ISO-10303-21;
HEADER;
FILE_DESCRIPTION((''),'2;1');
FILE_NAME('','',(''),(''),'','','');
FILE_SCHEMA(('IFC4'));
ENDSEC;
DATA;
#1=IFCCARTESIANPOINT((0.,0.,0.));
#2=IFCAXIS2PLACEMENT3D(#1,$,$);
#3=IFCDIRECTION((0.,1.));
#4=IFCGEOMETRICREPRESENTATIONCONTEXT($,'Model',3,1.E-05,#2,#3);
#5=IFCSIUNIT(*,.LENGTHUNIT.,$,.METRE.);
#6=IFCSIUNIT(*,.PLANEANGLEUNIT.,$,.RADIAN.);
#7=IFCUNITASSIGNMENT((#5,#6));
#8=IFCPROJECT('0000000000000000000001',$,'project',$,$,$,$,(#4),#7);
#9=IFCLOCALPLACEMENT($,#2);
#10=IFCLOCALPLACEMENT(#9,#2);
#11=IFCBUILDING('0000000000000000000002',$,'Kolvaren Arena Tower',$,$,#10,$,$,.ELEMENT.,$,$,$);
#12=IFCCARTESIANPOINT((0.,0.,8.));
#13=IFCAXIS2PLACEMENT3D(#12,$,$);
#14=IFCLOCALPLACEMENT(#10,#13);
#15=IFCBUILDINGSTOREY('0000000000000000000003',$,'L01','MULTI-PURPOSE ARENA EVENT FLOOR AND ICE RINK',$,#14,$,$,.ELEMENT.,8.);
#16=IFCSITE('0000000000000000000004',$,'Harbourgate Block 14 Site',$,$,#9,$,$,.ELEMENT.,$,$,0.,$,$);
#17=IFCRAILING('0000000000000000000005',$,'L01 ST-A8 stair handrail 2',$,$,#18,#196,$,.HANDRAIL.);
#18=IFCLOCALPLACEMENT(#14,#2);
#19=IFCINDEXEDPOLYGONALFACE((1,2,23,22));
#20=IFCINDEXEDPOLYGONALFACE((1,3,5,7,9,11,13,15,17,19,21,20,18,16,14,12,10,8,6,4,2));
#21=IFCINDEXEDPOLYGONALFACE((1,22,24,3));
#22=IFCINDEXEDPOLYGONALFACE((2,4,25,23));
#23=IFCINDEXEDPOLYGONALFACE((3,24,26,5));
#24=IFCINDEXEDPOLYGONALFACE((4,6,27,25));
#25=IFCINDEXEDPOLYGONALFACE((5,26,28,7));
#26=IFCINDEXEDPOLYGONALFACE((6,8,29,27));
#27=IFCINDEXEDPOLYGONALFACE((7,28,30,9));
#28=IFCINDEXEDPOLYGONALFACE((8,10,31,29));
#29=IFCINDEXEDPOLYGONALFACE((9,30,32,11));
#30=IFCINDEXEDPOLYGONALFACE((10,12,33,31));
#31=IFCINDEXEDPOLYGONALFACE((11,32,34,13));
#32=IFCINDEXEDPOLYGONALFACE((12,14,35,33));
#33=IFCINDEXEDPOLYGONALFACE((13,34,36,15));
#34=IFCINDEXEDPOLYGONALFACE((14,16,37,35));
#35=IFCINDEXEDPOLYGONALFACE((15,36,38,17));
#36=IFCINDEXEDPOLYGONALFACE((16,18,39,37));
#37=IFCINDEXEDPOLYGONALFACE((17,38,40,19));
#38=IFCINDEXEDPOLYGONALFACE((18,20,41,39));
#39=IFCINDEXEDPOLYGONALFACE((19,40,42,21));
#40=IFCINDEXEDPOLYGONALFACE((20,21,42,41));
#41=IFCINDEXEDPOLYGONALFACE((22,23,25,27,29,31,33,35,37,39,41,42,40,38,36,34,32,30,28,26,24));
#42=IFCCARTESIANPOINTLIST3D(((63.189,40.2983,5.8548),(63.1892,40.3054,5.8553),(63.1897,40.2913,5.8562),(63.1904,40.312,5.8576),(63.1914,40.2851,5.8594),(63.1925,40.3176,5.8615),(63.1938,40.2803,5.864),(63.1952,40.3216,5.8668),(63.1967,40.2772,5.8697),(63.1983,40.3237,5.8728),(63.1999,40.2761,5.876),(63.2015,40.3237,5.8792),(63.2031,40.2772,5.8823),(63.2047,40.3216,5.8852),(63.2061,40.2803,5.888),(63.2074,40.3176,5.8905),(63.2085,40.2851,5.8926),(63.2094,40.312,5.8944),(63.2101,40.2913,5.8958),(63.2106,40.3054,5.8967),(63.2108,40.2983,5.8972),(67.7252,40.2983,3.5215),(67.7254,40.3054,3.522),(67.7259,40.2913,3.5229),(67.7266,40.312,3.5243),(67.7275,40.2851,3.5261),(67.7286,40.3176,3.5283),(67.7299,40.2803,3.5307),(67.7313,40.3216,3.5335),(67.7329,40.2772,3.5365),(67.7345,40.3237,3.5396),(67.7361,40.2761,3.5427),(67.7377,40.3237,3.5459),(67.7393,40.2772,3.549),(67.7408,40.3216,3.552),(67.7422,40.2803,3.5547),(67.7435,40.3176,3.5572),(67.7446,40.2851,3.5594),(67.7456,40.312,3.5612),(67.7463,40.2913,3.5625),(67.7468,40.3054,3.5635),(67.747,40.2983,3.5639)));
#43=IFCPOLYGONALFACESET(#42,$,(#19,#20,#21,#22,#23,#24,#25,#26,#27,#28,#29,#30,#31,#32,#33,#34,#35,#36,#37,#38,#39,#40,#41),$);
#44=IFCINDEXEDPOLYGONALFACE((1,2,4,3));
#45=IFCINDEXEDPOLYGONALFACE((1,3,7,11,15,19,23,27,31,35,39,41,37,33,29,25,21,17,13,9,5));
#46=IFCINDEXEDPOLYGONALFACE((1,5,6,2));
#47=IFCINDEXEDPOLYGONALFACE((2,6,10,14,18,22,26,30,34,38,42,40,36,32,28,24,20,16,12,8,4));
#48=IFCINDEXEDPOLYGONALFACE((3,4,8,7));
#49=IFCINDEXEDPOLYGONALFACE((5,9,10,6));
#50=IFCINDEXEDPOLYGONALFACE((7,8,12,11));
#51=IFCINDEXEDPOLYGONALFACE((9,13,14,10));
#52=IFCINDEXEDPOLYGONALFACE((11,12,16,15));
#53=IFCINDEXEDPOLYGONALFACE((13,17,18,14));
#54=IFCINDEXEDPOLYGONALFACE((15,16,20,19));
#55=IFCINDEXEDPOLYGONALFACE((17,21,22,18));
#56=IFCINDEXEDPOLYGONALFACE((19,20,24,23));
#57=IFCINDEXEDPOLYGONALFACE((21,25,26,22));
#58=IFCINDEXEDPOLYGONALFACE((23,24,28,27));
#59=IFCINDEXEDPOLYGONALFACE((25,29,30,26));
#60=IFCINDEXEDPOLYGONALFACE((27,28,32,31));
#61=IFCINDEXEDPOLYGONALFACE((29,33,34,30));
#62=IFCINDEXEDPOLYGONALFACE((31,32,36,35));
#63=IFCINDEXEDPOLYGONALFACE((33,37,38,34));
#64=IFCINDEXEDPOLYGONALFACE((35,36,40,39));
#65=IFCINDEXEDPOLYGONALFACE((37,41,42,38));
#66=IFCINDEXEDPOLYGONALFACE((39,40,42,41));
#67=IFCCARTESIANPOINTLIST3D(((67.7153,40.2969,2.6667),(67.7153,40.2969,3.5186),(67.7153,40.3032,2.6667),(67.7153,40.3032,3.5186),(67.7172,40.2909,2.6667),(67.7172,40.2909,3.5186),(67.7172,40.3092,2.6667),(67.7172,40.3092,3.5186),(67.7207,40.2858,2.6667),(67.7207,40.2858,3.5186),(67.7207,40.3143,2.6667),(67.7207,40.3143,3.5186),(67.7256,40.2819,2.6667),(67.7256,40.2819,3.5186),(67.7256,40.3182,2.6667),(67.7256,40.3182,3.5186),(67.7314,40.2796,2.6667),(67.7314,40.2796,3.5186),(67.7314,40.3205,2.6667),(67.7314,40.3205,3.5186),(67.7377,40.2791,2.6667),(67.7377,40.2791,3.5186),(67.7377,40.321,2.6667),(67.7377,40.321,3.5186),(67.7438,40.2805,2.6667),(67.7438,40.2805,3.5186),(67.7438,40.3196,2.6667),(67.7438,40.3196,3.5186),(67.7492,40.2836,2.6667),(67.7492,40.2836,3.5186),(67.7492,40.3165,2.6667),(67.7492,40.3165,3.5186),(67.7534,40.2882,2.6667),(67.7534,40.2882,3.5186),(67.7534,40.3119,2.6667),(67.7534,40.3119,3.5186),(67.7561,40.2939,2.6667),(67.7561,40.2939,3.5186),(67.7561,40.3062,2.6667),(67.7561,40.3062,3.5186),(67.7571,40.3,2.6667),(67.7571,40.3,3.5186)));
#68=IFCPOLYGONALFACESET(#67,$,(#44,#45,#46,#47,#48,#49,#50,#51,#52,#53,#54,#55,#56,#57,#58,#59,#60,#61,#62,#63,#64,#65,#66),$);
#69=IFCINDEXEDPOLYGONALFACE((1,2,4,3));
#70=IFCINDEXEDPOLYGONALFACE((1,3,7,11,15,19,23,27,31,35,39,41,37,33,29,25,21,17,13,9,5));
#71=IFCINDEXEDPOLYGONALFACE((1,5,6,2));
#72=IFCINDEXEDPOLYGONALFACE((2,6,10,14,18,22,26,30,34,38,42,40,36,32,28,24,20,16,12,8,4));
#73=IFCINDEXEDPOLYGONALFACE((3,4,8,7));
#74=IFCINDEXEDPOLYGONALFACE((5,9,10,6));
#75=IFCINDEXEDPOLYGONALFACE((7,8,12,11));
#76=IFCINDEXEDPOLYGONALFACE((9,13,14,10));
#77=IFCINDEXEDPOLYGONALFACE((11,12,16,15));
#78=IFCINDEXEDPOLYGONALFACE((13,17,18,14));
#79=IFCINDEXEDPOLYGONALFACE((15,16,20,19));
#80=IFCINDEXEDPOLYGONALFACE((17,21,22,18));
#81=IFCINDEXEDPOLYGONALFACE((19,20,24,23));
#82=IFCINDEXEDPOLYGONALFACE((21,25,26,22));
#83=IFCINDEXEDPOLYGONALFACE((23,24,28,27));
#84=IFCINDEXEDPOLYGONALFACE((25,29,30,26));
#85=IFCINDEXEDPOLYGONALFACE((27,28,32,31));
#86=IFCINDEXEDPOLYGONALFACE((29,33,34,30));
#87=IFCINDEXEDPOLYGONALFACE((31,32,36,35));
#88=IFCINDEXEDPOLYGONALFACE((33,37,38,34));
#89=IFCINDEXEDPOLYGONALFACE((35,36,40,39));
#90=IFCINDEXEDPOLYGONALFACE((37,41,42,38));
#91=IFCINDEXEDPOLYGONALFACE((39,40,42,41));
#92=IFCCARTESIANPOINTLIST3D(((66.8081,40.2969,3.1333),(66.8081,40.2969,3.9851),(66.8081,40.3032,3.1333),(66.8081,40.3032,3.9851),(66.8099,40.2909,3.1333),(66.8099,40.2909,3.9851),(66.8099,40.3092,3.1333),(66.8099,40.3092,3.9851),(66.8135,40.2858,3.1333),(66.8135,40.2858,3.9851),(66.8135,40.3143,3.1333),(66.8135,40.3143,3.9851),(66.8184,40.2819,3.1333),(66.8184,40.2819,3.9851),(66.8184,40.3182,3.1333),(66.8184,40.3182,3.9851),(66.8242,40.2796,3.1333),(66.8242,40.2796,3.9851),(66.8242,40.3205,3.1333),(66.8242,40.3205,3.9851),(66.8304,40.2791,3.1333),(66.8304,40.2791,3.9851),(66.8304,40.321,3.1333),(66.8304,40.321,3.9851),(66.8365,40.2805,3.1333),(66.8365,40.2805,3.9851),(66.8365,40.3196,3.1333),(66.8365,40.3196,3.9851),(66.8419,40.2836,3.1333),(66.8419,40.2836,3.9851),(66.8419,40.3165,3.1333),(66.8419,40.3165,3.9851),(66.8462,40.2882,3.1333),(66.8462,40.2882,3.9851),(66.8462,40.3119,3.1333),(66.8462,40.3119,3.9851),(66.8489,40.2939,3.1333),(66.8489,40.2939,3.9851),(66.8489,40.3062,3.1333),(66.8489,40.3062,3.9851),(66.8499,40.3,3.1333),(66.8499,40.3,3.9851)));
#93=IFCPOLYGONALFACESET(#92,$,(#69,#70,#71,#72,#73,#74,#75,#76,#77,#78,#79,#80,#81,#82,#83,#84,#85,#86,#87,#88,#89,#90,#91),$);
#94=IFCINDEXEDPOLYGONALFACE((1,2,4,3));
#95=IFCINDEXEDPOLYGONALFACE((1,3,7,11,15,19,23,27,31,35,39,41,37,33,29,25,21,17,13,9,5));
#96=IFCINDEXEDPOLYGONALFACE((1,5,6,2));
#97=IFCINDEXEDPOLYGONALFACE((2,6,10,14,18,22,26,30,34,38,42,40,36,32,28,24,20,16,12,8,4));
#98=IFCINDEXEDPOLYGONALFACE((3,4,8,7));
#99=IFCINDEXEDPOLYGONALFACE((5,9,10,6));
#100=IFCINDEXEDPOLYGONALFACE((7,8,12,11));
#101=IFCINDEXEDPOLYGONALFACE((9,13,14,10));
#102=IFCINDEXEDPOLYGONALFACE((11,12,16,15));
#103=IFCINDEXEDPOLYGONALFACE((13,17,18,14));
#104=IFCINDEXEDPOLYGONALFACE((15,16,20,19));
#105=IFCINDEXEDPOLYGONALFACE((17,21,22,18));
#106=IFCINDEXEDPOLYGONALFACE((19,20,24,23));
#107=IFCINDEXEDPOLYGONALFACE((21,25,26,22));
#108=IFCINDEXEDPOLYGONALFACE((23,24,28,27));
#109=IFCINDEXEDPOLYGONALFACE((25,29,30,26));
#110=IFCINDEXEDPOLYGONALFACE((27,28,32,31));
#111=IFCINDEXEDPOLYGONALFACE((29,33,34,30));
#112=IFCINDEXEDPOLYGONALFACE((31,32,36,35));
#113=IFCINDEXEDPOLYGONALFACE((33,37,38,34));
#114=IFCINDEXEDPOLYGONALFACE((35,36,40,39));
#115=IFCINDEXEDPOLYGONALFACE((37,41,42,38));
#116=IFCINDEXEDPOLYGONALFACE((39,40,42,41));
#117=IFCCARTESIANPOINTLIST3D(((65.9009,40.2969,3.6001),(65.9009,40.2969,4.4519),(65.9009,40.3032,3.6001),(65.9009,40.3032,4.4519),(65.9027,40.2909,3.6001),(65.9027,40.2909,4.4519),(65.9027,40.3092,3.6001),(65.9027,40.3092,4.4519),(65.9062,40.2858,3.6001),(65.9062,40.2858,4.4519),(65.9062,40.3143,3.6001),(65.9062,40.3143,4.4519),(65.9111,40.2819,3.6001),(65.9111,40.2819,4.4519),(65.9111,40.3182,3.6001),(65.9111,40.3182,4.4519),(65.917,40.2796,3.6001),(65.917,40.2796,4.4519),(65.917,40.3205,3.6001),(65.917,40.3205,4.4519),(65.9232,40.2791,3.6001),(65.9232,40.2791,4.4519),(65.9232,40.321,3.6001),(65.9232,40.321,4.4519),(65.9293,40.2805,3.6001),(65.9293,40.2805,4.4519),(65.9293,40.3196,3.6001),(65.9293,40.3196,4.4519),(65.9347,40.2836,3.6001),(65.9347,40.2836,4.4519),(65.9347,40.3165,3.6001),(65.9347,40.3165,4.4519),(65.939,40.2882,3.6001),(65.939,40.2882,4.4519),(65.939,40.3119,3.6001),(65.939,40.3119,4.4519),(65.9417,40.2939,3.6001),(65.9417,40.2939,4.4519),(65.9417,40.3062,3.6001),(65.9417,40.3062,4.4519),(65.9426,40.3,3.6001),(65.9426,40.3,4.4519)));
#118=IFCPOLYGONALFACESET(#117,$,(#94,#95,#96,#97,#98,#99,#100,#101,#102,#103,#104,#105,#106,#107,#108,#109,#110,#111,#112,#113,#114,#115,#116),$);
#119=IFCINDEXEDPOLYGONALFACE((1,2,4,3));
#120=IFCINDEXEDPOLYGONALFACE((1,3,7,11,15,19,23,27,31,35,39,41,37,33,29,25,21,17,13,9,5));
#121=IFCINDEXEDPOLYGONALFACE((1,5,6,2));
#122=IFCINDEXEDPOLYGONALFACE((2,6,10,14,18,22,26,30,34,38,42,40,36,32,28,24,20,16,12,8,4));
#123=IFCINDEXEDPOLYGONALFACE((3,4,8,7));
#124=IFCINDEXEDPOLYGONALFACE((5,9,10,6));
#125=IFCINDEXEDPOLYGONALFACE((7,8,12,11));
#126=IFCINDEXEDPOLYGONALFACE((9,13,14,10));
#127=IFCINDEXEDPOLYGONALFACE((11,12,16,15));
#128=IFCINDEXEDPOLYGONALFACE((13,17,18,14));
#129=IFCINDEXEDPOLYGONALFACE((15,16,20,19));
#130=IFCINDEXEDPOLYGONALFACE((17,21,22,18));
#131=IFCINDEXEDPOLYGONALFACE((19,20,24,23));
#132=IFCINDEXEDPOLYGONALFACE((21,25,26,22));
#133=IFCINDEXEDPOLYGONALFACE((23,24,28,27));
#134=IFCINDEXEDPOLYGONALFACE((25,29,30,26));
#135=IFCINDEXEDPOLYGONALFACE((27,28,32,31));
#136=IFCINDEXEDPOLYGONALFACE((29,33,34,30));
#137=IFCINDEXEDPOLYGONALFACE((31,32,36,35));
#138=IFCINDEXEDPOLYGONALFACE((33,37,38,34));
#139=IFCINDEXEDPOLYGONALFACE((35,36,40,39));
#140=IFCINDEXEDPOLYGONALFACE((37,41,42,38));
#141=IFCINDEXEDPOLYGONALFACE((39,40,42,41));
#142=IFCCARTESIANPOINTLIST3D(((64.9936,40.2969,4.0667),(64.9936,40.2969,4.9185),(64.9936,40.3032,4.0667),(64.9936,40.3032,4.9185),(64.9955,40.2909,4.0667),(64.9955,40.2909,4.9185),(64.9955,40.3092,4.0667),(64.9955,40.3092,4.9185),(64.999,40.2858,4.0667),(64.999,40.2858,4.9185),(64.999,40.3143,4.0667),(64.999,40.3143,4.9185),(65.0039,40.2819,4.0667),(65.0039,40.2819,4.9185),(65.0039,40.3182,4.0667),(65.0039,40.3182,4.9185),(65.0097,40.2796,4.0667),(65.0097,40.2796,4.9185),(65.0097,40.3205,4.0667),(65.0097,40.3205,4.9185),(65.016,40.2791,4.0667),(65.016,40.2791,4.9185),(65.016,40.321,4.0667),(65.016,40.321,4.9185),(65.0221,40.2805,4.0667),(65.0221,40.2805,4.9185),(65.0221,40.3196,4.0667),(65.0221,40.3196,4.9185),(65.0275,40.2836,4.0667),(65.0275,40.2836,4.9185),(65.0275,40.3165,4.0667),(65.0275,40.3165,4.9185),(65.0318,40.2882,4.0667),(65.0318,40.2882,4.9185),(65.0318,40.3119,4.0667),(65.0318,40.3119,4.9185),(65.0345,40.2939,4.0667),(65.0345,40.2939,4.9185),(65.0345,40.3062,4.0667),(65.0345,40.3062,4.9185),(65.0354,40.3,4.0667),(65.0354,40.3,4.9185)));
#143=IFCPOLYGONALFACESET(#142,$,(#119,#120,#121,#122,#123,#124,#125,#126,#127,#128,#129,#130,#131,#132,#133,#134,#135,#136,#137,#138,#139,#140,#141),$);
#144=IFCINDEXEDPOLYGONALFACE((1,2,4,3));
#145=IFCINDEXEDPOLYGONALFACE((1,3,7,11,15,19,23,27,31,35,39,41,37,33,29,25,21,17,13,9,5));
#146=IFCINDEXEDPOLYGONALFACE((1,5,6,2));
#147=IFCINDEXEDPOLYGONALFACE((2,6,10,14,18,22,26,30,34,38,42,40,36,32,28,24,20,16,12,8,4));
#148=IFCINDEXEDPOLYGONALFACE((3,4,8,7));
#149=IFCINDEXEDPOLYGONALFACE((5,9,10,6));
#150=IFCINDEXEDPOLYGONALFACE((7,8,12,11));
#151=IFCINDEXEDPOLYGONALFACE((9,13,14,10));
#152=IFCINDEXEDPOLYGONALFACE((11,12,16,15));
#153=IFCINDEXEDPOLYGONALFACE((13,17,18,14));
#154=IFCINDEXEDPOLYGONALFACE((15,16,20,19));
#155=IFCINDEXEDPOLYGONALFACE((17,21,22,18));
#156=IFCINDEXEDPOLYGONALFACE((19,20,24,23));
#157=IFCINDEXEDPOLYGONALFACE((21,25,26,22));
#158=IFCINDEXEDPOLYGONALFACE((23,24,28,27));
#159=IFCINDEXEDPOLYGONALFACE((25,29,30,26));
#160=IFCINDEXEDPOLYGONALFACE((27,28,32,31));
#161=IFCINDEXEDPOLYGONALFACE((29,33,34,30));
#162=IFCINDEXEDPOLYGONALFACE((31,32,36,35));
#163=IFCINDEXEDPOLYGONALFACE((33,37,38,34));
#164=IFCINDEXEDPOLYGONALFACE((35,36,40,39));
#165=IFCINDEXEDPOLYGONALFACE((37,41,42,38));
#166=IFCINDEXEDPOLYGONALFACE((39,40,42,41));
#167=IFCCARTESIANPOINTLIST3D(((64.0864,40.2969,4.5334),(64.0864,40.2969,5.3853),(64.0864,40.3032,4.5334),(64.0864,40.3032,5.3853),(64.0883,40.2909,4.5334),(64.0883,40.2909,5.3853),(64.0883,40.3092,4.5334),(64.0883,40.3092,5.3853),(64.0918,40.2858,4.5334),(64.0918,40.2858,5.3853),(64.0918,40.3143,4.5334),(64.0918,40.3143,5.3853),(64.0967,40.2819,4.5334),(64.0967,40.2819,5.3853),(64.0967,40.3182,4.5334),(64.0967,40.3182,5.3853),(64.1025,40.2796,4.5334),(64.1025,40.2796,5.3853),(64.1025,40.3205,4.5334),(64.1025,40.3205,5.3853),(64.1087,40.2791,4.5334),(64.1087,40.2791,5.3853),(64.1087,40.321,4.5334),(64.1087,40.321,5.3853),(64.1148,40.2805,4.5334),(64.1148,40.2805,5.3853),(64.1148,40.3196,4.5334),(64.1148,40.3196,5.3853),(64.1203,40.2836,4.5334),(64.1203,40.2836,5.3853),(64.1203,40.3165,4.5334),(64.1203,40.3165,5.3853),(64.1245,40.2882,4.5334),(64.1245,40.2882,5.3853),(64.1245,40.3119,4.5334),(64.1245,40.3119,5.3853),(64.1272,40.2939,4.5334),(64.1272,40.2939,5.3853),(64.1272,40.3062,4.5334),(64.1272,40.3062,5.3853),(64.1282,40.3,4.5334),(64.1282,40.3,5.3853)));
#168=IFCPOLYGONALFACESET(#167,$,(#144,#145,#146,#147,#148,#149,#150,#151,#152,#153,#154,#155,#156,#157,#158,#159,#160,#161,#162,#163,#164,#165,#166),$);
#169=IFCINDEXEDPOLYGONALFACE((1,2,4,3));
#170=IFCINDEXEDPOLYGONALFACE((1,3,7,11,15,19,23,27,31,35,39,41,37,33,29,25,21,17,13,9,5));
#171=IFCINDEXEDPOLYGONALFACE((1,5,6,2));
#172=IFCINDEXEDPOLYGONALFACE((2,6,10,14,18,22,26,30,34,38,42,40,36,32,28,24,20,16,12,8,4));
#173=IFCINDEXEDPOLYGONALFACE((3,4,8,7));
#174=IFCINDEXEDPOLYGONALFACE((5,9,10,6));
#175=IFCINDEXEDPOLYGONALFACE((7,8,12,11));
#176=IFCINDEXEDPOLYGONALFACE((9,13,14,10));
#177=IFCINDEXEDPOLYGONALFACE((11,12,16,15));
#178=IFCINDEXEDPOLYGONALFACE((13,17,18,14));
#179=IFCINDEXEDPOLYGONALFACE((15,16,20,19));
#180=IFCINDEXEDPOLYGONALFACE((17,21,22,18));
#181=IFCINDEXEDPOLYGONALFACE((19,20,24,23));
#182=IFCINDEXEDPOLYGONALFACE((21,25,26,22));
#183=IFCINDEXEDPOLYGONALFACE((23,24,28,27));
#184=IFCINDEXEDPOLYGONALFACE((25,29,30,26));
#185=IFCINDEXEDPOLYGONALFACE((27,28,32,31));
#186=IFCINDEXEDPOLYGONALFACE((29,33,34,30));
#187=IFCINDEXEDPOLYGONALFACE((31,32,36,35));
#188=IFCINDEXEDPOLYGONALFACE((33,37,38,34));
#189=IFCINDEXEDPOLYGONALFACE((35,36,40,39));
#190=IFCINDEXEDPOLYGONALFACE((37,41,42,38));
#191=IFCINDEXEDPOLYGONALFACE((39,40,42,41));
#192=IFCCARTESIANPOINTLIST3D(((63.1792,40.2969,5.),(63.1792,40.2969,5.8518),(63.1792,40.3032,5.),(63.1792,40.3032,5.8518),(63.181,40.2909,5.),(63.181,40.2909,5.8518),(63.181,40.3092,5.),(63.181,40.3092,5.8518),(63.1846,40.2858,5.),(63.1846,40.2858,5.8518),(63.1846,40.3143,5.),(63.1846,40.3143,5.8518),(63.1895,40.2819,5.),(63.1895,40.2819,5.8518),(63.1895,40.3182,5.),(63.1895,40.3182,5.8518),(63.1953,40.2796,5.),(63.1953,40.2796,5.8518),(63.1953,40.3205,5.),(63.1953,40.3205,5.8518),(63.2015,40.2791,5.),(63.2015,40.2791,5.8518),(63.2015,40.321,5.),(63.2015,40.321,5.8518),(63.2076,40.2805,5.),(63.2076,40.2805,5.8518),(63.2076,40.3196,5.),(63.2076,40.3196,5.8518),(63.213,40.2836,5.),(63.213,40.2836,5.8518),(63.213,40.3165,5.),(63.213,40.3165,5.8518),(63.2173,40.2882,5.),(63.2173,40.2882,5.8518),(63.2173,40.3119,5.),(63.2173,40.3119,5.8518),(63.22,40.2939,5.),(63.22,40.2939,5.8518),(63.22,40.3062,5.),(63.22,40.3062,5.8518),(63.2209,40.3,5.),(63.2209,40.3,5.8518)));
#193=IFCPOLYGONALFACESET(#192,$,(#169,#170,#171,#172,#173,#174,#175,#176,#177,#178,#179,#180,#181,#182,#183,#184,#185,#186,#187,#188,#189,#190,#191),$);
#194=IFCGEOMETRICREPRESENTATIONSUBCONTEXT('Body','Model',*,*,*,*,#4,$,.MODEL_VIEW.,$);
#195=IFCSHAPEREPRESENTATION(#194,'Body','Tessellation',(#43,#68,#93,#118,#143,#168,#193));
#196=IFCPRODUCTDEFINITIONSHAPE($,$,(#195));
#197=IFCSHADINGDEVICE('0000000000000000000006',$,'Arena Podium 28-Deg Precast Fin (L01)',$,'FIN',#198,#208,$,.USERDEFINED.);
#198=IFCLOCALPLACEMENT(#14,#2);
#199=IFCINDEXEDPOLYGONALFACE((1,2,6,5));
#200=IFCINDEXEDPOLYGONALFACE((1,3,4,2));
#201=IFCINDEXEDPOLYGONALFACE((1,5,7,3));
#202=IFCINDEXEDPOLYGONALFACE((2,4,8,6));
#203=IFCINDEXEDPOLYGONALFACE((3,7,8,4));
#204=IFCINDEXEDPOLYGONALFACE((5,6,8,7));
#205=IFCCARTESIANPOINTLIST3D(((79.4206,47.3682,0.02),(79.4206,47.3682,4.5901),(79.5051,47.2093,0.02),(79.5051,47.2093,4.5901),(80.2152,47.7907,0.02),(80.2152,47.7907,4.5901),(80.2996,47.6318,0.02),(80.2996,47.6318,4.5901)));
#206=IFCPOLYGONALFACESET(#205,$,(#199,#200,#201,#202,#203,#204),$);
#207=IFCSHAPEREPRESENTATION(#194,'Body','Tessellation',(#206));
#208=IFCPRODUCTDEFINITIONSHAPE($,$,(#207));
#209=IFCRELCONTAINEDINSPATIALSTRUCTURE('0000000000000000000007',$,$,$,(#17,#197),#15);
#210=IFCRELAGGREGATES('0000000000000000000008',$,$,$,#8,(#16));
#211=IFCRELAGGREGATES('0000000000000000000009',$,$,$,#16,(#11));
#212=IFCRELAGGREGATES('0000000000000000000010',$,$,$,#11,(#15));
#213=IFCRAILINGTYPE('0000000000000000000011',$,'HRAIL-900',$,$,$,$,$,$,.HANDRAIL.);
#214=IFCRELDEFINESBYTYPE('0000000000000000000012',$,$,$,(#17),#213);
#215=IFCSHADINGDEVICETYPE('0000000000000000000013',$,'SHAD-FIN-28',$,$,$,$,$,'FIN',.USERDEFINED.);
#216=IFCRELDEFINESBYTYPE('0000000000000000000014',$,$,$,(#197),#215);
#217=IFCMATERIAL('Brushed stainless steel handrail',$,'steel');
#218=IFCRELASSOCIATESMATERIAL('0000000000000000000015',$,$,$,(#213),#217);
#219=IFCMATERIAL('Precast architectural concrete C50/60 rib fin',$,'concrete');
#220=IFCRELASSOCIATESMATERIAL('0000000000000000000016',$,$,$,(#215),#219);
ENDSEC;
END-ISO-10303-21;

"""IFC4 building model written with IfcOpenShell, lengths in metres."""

from ifc_helpers import new_model, si_unit, direction, frame, origin, origin_2d, place, context, subcontext, project, spatial, rectangle, circle, extrude, material, type_object, element, save


model = new_model("IFC4")

# Units and contexts
model_context = context("Model", 3, precision=1e-05, world=origin(), true_north=direction((0.0, 1.0)))
body_context = subcontext(model_context, "Body", "Model", "MODEL_VIEW")
ifc_project = project(units=[si_unit("LENGTHUNIT", "METRE"), si_unit("PLANEANGLEUNIT", "RADIAN")], contexts=[model_context])

# Site, building, storey
site_placement = place(None, origin())
site = spatial("IfcSite", under=ifc_project, at=site_placement, Name="Harbourgate Block 14 Site", CompositionType="ELEMENT", RefElevation=0.0)
building_placement = place(site_placement, origin())
building = spatial("IfcBuilding", under=site, at=building_placement, Name="Kolvaren Arena Tower", CompositionType="ELEMENT")
storey_placement = place(building_placement, frame((0.0, 0.0, 8.0)))
storey = spatial("IfcBuildingStorey", under=building, at=storey_placement, Name="L01", Description="MULTI-PURPOSE ARENA EVENT FLOOR AND ICE RINK", CompositionType="ELEMENT", Elevation=8.0)

# Railing
ifc_material_1 = material(Name="Brushed stainless steel handrail", Category="steel")
railing_type = type_object("IfcRailingType", Name="HRAIL-900", PredefinedType="HANDRAIL", material=ifc_material_1)
railing_placement = place(storey_placement, frame((67.7361, 40.3, 2.6667)))
element("IfcRailing", 1, at=railing_placement, inside=storey, type_object=railing_type, Name="L01 ST-A8 stair handrail 2", PredefinedType="HANDRAIL", context=body_context, shape_type="SweptSolid", body=[
    extrude(circle(Radius=0.0239, at=origin_2d()), frame((0.0, 0.0, 0.876), z_axis=(-0.889257, 0.0, 0.457407), x_axis=(0.0, -1.0, 0.0)), (0.0, 0.0, 1.0), 5.1011),
    extrude(circle(Radius=0.021, at=origin_2d()), origin(), (0.0, 0.0, 1.0), 0.8518),
    extrude(circle(Radius=0.021, at=origin_2d()), frame((-0.9072, 0.0, 0.4666)), (0.0, 0.0, 1.0), 0.8518),
    extrude(circle(Radius=0.021, at=origin_2d()), frame((-1.8145, 0.0, 0.9333)), (0.0, 0.0, 1.0), 0.8518),
    extrude(circle(Radius=0.021, at=origin_2d()), frame((-2.7217, 0.0, 1.3999)), (0.0, 0.0, 1.0), 0.8518),
    extrude(circle(Radius=0.021, at=origin_2d()), frame((-3.6289, 0.0, 1.8667)), (0.0, 0.0, 1.0), 0.8518),
    extrude(circle(Radius=0.021, at=origin_2d()), frame((-4.5361, 0.0, 2.3333)), (0.0, 0.0, 1.0), 0.8518),
])

# Shading device
ifc_material_2 = material(Name="Precast architectural concrete C50/60 rib fin", Category="concrete")
shading_device_type = type_object("IfcShadingDeviceType", Name="SHAD-FIN-28", ElementType="FIN", PredefinedType="USERDEFINED", material=ifc_material_2)
for number, where, z_axis, x_axis, name in (
    (2, (79.8601, 47.5, 0.02), (0.0, 0.0, 1.0), (0.882948, 0.469472, 0.0), "Arena Podium 28-Deg Precast Fin (L01)"),
):
    element("IfcShadingDevice", number, at=place(storey_placement, frame(where, z_axis=z_axis, x_axis=x_axis)), inside=storey, type_object=shading_device_type, Name=name, ObjectType="FIN", PredefinedType="USERDEFINED", context=body_context, shape_type="SweptSolid", body=[
        extrude(rectangle(XDim=0.8999, YDim=0.1799, at=origin_2d()), origin(), (0.0, 0.0, 1.0), 4.5701),
    ])

save(model, "model.ifc")
